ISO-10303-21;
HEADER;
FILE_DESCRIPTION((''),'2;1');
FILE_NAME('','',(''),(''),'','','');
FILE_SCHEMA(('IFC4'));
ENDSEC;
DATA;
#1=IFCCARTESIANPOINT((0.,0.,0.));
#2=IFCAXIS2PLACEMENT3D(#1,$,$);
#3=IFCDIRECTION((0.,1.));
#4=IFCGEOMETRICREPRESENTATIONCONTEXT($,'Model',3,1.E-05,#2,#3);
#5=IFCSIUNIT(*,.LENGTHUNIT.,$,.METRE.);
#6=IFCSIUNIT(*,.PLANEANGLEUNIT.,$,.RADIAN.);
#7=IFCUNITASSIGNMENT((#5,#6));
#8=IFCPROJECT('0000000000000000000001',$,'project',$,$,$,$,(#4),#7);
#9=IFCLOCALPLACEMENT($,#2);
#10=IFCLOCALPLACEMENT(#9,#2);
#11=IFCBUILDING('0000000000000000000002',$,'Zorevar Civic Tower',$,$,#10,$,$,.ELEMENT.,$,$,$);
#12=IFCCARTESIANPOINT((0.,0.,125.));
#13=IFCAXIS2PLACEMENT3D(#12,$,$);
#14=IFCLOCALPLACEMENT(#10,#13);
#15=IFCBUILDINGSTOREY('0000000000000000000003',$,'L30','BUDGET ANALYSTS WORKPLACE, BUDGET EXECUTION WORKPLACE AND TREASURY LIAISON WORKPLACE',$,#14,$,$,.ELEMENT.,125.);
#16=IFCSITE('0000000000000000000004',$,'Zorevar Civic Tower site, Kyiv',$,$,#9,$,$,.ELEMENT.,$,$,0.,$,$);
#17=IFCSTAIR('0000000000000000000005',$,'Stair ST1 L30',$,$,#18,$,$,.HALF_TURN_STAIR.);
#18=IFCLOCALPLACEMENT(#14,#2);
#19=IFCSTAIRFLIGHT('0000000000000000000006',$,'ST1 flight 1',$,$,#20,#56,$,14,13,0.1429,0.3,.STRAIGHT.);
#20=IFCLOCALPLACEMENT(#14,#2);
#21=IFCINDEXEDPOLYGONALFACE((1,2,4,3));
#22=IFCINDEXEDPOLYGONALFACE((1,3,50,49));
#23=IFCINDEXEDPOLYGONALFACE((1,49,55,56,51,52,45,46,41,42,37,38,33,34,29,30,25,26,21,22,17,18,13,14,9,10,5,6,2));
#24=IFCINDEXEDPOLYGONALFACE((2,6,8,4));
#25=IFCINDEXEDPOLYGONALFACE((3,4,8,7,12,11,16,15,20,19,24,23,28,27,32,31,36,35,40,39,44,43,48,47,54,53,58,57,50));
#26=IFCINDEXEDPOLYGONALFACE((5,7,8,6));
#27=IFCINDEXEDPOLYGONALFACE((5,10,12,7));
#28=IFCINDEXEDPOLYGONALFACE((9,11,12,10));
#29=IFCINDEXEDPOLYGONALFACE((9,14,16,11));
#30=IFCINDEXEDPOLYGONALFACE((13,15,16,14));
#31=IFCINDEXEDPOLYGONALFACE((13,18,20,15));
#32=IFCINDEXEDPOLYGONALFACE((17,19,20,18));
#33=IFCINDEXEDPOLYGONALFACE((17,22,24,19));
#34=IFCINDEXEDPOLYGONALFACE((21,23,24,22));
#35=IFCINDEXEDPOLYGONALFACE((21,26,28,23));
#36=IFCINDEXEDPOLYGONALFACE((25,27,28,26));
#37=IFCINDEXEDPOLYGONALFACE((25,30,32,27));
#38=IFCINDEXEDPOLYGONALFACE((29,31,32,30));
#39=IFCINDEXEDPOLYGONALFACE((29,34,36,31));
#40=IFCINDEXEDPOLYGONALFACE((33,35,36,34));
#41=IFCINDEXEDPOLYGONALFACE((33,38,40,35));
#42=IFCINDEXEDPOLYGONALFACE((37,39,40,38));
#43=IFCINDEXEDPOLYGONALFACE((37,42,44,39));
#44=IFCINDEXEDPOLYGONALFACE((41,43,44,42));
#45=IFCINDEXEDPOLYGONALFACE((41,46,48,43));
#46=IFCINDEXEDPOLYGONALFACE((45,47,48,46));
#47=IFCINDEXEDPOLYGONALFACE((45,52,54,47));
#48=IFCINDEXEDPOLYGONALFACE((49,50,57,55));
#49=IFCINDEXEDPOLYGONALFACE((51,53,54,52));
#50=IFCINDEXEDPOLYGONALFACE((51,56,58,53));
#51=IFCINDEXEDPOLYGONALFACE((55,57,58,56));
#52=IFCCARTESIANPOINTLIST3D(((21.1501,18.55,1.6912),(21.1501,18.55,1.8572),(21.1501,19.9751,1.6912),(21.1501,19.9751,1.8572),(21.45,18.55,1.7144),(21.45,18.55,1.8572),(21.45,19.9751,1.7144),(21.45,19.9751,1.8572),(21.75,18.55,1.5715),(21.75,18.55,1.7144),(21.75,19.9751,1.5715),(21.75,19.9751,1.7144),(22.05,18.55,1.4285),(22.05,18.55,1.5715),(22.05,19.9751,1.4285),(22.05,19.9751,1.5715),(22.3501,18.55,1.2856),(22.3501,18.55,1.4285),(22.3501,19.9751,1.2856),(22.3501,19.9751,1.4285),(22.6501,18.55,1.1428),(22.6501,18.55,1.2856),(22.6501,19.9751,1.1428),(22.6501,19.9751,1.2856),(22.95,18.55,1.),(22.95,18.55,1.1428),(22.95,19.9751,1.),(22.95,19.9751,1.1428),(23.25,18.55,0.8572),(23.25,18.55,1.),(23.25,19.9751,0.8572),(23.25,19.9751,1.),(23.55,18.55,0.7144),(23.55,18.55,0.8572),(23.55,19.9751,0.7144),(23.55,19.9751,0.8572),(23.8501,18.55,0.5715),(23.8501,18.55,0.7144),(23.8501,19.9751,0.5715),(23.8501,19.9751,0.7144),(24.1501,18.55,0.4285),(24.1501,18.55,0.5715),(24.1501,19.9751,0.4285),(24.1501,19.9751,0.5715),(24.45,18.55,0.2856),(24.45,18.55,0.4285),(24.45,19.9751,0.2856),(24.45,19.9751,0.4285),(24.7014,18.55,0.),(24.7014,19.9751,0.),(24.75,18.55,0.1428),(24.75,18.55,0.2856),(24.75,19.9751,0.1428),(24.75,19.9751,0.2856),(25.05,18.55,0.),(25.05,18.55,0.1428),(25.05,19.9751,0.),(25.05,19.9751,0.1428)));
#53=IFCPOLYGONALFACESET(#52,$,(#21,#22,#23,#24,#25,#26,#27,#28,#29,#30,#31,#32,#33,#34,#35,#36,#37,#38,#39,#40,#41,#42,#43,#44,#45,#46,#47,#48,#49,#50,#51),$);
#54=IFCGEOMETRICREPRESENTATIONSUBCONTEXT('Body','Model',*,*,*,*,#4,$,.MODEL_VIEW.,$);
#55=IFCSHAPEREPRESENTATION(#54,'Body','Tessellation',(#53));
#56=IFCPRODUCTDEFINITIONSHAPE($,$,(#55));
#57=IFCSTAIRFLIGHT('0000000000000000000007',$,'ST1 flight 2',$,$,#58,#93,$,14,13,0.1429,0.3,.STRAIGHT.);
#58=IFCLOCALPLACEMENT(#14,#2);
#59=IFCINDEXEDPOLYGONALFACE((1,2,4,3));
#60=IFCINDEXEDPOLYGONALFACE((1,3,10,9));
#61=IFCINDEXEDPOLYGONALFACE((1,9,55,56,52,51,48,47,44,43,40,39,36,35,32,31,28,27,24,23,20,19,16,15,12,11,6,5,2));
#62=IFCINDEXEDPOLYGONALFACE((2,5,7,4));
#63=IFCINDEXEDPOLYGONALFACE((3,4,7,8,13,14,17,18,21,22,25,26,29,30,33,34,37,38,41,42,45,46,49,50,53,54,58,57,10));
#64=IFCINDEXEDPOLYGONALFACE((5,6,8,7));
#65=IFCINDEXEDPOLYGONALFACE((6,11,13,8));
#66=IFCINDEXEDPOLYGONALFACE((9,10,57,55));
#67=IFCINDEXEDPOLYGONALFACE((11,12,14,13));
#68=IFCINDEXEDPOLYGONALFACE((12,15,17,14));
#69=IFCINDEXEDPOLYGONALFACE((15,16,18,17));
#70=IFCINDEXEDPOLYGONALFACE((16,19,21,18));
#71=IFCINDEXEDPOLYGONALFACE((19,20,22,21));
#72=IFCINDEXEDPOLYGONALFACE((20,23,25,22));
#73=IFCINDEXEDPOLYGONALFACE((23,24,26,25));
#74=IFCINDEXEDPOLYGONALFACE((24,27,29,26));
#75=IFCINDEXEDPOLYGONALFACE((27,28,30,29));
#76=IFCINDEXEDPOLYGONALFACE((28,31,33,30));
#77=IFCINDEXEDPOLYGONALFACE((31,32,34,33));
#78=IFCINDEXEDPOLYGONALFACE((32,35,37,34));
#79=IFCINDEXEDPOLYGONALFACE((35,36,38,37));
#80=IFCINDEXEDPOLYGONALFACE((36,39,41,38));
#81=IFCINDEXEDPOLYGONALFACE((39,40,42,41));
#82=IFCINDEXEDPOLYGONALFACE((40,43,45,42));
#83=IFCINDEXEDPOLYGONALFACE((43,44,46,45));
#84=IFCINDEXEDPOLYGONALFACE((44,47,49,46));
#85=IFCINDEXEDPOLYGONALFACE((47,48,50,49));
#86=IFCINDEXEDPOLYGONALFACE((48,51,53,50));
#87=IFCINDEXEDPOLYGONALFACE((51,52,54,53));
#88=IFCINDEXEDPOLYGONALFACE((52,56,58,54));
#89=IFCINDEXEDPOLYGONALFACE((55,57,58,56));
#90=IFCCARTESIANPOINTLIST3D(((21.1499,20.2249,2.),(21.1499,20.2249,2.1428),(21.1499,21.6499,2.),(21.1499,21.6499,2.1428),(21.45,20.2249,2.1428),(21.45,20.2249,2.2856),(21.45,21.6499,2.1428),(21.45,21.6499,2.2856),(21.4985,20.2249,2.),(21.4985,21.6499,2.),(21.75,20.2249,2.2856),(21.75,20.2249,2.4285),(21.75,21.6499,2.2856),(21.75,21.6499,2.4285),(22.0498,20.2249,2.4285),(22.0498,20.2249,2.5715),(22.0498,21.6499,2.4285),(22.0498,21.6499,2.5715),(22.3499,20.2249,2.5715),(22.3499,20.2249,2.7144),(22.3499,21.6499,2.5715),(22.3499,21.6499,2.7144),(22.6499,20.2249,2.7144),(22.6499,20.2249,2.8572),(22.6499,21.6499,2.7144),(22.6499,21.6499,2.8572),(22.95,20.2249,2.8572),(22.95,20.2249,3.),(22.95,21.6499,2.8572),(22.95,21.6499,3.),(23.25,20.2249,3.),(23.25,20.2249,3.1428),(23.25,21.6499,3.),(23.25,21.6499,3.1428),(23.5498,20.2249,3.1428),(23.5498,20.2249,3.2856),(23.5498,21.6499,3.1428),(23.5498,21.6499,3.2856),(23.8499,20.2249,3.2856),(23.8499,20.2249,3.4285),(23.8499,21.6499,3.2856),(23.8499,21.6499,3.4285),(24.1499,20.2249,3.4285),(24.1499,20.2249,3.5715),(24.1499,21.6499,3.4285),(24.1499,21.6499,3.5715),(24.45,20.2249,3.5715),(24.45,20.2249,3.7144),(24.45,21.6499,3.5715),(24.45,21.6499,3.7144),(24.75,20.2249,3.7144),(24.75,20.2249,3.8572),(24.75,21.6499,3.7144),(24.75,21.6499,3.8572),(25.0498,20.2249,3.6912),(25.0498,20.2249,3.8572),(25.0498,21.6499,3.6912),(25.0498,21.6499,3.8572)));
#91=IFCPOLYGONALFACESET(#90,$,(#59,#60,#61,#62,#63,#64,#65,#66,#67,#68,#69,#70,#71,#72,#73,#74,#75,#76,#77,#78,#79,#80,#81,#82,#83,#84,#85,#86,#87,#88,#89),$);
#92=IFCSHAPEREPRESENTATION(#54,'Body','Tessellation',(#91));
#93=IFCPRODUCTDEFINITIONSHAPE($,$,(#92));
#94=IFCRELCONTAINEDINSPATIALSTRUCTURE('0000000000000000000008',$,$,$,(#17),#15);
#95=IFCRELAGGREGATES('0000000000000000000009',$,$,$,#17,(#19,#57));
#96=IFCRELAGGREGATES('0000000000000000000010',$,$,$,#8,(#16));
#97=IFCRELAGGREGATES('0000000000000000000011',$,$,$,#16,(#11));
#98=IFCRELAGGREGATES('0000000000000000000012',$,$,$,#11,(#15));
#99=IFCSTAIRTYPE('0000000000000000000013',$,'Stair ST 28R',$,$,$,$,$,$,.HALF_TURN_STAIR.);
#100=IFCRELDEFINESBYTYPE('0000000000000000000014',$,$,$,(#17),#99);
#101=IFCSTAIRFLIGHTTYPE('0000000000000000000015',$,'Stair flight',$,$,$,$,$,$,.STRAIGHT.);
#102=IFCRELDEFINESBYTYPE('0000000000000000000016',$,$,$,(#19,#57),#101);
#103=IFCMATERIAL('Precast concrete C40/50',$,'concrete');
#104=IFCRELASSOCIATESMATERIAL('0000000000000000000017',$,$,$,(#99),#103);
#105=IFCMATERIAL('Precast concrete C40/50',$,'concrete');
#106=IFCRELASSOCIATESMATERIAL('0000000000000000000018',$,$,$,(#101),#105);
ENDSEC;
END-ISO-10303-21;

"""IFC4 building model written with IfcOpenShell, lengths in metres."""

from ifc_helpers import new_model, si_unit, direction, frame, origin, place, context, subcontext, project, spatial, polyline, outline, extrude, material, type_object, element, aggregate, save


model = new_model("IFC4")

# Units and contexts
model_context = context("Model", 3, precision=1e-05, world=origin(), true_north=direction((0.0, 1.0)))
body_context = subcontext(model_context, "Body", "Model", "MODEL_VIEW")
ifc_project = project(units=[si_unit("LENGTHUNIT", "METRE"), si_unit("PLANEANGLEUNIT", "RADIAN")], contexts=[model_context])

# Site, building, storey
site_placement = place(None, origin())
site = spatial("IfcSite", under=ifc_project, at=site_placement, Name="Zorevar Civic Tower site, Kyiv", CompositionType="ELEMENT", RefElevation=0.0)
building_placement = place(site_placement, origin())
building = spatial("IfcBuilding", under=site, at=building_placement, Name="Zorevar Civic Tower", CompositionType="ELEMENT")
storey_placement = place(building_placement, frame((0.0, 0.0, 125.0)))
storey = spatial("IfcBuildingStorey", under=building, at=storey_placement, Name="L30", Description="BUDGET ANALYSTS WORKPLACE, BUDGET EXECUTION WORKPLACE AND TREASURY LIAISON WORKPLACE", CompositionType="ELEMENT", Elevation=125.0)

# Stair, stair flights
ifc_material_1 = material(Name="Precast concrete C40/50", Category="concrete")
stair_type = type_object("IfcStairType", Name="Stair ST 28R", PredefinedType="HALF_TURN_STAIR", material=ifc_material_1)
stair_placement = place(storey_placement, origin())
stair = element("IfcStair", 1, at=stair_placement, inside=storey, type_object=stair_type, Name="Stair ST1 L30", PredefinedType="HALF_TURN_STAIR")
ifc_material_2 = material(Name="Precast concrete C40/50", Category="concrete")
stair_flight_type = type_object("IfcStairFlightType", Name="Stair flight", PredefinedType="STRAIGHT", material=ifc_material_2)
stair_flight_1_placement = place(storey_placement, frame((25.05, 19.2625, 0.0), z_axis=(0.0, 0.0, 1.0), x_axis=(-1.0, 0.0, 0.0)))
stair_flight_1 = element("IfcStairFlight", 2, at=stair_flight_1_placement, type_object=stair_flight_type, Name="ST1 flight 1", NumberOfRisers=14, NumberOfTreads=13, PredefinedType="STRAIGHT", RiserHeight=0.1429, TreadLength=0.3, context=body_context, shape_type="SweptSolid", body=[
    extrude(outline(polyline([(0.0, 0.0), (0.0, 0.1428), (0.3, 0.1428), (0.3, 0.2856), (0.6001, 0.2856), (0.6001, 0.4285), (0.8999, 0.4285), (0.8999, 0.5715), (1.2, 0.5715), (1.2, 0.7144), (1.5, 0.7144), (1.5, 0.8572), (1.8, 0.8572), (1.8, 1.0), (2.1001, 1.0), (2.1001, 1.1428), (2.3999, 1.1428), (2.3999, 1.2856), (2.7, 1.2856), (2.7, 1.4285), (3.0, 1.4285), (3.0, 1.5715), (3.3, 1.5715), (3.3, 1.7144), (3.6001, 1.7144), (3.6001, 1.8572), (3.8999, 1.8572), (3.8999, 2.0), (3.8999, 1.6912), (0.3486, 0.0), (0.0, 0.0)])), frame((0.0, 0.7124, 0.0), z_axis=(0.0, -1.0, 0.0), x_axis=(1.0, 0.0, 0.0)), (0.0, 0.0, 1.0), 1.425),
])
stair_flight_2_placement = place(storey_placement, frame((21.1499, 20.9375, 2.0), z_axis=(0.0, 0.0, 1.0), x_axis=(1.0, 0.0, 0.0)))
stair_flight_2 = element("IfcStairFlight", 3, at=stair_flight_2_placement, type_object=stair_flight_type, Name="ST1 flight 2", NumberOfRisers=14, NumberOfTreads=13, PredefinedType="STRAIGHT", RiserHeight=0.1429, TreadLength=0.3, context=body_context, shape_type="SweptSolid", body=[
    extrude(outline(polyline([(0.0, 0.0), (0.0, 0.1428), (0.3, 0.1428), (0.3, 0.2856), (0.6001, 0.2856), (0.6001, 0.4285), (0.8999, 0.4285), (0.8999, 0.5715), (1.2, 0.5715), (1.2, 0.7144), (1.5, 0.7144), (1.5, 0.8572), (1.8, 0.8572), (1.8, 1.0), (2.1001, 1.0), (2.1001, 1.1428), (2.3999, 1.1428), (2.3999, 1.2856), (2.7, 1.2856), (2.7, 1.4285), (3.0, 1.4285), (3.0, 1.5715), (3.3, 1.5715), (3.3, 1.7144), (3.6001, 1.7144), (3.6001, 1.8572), (3.8999, 1.8572), (3.8999, 2.0), (3.8999, 1.6912), (0.3486, 0.0), (0.0, 0.0)])), frame((0.0, 0.7124, 0.0), z_axis=(0.0, -1.0, 0.0), x_axis=(1.0, 0.0, 0.0)), (0.0, 0.0, 1.0), 1.425),
])
aggregate(stair, [stair_flight_1, stair_flight_2])

save(model, "model.ifc")
